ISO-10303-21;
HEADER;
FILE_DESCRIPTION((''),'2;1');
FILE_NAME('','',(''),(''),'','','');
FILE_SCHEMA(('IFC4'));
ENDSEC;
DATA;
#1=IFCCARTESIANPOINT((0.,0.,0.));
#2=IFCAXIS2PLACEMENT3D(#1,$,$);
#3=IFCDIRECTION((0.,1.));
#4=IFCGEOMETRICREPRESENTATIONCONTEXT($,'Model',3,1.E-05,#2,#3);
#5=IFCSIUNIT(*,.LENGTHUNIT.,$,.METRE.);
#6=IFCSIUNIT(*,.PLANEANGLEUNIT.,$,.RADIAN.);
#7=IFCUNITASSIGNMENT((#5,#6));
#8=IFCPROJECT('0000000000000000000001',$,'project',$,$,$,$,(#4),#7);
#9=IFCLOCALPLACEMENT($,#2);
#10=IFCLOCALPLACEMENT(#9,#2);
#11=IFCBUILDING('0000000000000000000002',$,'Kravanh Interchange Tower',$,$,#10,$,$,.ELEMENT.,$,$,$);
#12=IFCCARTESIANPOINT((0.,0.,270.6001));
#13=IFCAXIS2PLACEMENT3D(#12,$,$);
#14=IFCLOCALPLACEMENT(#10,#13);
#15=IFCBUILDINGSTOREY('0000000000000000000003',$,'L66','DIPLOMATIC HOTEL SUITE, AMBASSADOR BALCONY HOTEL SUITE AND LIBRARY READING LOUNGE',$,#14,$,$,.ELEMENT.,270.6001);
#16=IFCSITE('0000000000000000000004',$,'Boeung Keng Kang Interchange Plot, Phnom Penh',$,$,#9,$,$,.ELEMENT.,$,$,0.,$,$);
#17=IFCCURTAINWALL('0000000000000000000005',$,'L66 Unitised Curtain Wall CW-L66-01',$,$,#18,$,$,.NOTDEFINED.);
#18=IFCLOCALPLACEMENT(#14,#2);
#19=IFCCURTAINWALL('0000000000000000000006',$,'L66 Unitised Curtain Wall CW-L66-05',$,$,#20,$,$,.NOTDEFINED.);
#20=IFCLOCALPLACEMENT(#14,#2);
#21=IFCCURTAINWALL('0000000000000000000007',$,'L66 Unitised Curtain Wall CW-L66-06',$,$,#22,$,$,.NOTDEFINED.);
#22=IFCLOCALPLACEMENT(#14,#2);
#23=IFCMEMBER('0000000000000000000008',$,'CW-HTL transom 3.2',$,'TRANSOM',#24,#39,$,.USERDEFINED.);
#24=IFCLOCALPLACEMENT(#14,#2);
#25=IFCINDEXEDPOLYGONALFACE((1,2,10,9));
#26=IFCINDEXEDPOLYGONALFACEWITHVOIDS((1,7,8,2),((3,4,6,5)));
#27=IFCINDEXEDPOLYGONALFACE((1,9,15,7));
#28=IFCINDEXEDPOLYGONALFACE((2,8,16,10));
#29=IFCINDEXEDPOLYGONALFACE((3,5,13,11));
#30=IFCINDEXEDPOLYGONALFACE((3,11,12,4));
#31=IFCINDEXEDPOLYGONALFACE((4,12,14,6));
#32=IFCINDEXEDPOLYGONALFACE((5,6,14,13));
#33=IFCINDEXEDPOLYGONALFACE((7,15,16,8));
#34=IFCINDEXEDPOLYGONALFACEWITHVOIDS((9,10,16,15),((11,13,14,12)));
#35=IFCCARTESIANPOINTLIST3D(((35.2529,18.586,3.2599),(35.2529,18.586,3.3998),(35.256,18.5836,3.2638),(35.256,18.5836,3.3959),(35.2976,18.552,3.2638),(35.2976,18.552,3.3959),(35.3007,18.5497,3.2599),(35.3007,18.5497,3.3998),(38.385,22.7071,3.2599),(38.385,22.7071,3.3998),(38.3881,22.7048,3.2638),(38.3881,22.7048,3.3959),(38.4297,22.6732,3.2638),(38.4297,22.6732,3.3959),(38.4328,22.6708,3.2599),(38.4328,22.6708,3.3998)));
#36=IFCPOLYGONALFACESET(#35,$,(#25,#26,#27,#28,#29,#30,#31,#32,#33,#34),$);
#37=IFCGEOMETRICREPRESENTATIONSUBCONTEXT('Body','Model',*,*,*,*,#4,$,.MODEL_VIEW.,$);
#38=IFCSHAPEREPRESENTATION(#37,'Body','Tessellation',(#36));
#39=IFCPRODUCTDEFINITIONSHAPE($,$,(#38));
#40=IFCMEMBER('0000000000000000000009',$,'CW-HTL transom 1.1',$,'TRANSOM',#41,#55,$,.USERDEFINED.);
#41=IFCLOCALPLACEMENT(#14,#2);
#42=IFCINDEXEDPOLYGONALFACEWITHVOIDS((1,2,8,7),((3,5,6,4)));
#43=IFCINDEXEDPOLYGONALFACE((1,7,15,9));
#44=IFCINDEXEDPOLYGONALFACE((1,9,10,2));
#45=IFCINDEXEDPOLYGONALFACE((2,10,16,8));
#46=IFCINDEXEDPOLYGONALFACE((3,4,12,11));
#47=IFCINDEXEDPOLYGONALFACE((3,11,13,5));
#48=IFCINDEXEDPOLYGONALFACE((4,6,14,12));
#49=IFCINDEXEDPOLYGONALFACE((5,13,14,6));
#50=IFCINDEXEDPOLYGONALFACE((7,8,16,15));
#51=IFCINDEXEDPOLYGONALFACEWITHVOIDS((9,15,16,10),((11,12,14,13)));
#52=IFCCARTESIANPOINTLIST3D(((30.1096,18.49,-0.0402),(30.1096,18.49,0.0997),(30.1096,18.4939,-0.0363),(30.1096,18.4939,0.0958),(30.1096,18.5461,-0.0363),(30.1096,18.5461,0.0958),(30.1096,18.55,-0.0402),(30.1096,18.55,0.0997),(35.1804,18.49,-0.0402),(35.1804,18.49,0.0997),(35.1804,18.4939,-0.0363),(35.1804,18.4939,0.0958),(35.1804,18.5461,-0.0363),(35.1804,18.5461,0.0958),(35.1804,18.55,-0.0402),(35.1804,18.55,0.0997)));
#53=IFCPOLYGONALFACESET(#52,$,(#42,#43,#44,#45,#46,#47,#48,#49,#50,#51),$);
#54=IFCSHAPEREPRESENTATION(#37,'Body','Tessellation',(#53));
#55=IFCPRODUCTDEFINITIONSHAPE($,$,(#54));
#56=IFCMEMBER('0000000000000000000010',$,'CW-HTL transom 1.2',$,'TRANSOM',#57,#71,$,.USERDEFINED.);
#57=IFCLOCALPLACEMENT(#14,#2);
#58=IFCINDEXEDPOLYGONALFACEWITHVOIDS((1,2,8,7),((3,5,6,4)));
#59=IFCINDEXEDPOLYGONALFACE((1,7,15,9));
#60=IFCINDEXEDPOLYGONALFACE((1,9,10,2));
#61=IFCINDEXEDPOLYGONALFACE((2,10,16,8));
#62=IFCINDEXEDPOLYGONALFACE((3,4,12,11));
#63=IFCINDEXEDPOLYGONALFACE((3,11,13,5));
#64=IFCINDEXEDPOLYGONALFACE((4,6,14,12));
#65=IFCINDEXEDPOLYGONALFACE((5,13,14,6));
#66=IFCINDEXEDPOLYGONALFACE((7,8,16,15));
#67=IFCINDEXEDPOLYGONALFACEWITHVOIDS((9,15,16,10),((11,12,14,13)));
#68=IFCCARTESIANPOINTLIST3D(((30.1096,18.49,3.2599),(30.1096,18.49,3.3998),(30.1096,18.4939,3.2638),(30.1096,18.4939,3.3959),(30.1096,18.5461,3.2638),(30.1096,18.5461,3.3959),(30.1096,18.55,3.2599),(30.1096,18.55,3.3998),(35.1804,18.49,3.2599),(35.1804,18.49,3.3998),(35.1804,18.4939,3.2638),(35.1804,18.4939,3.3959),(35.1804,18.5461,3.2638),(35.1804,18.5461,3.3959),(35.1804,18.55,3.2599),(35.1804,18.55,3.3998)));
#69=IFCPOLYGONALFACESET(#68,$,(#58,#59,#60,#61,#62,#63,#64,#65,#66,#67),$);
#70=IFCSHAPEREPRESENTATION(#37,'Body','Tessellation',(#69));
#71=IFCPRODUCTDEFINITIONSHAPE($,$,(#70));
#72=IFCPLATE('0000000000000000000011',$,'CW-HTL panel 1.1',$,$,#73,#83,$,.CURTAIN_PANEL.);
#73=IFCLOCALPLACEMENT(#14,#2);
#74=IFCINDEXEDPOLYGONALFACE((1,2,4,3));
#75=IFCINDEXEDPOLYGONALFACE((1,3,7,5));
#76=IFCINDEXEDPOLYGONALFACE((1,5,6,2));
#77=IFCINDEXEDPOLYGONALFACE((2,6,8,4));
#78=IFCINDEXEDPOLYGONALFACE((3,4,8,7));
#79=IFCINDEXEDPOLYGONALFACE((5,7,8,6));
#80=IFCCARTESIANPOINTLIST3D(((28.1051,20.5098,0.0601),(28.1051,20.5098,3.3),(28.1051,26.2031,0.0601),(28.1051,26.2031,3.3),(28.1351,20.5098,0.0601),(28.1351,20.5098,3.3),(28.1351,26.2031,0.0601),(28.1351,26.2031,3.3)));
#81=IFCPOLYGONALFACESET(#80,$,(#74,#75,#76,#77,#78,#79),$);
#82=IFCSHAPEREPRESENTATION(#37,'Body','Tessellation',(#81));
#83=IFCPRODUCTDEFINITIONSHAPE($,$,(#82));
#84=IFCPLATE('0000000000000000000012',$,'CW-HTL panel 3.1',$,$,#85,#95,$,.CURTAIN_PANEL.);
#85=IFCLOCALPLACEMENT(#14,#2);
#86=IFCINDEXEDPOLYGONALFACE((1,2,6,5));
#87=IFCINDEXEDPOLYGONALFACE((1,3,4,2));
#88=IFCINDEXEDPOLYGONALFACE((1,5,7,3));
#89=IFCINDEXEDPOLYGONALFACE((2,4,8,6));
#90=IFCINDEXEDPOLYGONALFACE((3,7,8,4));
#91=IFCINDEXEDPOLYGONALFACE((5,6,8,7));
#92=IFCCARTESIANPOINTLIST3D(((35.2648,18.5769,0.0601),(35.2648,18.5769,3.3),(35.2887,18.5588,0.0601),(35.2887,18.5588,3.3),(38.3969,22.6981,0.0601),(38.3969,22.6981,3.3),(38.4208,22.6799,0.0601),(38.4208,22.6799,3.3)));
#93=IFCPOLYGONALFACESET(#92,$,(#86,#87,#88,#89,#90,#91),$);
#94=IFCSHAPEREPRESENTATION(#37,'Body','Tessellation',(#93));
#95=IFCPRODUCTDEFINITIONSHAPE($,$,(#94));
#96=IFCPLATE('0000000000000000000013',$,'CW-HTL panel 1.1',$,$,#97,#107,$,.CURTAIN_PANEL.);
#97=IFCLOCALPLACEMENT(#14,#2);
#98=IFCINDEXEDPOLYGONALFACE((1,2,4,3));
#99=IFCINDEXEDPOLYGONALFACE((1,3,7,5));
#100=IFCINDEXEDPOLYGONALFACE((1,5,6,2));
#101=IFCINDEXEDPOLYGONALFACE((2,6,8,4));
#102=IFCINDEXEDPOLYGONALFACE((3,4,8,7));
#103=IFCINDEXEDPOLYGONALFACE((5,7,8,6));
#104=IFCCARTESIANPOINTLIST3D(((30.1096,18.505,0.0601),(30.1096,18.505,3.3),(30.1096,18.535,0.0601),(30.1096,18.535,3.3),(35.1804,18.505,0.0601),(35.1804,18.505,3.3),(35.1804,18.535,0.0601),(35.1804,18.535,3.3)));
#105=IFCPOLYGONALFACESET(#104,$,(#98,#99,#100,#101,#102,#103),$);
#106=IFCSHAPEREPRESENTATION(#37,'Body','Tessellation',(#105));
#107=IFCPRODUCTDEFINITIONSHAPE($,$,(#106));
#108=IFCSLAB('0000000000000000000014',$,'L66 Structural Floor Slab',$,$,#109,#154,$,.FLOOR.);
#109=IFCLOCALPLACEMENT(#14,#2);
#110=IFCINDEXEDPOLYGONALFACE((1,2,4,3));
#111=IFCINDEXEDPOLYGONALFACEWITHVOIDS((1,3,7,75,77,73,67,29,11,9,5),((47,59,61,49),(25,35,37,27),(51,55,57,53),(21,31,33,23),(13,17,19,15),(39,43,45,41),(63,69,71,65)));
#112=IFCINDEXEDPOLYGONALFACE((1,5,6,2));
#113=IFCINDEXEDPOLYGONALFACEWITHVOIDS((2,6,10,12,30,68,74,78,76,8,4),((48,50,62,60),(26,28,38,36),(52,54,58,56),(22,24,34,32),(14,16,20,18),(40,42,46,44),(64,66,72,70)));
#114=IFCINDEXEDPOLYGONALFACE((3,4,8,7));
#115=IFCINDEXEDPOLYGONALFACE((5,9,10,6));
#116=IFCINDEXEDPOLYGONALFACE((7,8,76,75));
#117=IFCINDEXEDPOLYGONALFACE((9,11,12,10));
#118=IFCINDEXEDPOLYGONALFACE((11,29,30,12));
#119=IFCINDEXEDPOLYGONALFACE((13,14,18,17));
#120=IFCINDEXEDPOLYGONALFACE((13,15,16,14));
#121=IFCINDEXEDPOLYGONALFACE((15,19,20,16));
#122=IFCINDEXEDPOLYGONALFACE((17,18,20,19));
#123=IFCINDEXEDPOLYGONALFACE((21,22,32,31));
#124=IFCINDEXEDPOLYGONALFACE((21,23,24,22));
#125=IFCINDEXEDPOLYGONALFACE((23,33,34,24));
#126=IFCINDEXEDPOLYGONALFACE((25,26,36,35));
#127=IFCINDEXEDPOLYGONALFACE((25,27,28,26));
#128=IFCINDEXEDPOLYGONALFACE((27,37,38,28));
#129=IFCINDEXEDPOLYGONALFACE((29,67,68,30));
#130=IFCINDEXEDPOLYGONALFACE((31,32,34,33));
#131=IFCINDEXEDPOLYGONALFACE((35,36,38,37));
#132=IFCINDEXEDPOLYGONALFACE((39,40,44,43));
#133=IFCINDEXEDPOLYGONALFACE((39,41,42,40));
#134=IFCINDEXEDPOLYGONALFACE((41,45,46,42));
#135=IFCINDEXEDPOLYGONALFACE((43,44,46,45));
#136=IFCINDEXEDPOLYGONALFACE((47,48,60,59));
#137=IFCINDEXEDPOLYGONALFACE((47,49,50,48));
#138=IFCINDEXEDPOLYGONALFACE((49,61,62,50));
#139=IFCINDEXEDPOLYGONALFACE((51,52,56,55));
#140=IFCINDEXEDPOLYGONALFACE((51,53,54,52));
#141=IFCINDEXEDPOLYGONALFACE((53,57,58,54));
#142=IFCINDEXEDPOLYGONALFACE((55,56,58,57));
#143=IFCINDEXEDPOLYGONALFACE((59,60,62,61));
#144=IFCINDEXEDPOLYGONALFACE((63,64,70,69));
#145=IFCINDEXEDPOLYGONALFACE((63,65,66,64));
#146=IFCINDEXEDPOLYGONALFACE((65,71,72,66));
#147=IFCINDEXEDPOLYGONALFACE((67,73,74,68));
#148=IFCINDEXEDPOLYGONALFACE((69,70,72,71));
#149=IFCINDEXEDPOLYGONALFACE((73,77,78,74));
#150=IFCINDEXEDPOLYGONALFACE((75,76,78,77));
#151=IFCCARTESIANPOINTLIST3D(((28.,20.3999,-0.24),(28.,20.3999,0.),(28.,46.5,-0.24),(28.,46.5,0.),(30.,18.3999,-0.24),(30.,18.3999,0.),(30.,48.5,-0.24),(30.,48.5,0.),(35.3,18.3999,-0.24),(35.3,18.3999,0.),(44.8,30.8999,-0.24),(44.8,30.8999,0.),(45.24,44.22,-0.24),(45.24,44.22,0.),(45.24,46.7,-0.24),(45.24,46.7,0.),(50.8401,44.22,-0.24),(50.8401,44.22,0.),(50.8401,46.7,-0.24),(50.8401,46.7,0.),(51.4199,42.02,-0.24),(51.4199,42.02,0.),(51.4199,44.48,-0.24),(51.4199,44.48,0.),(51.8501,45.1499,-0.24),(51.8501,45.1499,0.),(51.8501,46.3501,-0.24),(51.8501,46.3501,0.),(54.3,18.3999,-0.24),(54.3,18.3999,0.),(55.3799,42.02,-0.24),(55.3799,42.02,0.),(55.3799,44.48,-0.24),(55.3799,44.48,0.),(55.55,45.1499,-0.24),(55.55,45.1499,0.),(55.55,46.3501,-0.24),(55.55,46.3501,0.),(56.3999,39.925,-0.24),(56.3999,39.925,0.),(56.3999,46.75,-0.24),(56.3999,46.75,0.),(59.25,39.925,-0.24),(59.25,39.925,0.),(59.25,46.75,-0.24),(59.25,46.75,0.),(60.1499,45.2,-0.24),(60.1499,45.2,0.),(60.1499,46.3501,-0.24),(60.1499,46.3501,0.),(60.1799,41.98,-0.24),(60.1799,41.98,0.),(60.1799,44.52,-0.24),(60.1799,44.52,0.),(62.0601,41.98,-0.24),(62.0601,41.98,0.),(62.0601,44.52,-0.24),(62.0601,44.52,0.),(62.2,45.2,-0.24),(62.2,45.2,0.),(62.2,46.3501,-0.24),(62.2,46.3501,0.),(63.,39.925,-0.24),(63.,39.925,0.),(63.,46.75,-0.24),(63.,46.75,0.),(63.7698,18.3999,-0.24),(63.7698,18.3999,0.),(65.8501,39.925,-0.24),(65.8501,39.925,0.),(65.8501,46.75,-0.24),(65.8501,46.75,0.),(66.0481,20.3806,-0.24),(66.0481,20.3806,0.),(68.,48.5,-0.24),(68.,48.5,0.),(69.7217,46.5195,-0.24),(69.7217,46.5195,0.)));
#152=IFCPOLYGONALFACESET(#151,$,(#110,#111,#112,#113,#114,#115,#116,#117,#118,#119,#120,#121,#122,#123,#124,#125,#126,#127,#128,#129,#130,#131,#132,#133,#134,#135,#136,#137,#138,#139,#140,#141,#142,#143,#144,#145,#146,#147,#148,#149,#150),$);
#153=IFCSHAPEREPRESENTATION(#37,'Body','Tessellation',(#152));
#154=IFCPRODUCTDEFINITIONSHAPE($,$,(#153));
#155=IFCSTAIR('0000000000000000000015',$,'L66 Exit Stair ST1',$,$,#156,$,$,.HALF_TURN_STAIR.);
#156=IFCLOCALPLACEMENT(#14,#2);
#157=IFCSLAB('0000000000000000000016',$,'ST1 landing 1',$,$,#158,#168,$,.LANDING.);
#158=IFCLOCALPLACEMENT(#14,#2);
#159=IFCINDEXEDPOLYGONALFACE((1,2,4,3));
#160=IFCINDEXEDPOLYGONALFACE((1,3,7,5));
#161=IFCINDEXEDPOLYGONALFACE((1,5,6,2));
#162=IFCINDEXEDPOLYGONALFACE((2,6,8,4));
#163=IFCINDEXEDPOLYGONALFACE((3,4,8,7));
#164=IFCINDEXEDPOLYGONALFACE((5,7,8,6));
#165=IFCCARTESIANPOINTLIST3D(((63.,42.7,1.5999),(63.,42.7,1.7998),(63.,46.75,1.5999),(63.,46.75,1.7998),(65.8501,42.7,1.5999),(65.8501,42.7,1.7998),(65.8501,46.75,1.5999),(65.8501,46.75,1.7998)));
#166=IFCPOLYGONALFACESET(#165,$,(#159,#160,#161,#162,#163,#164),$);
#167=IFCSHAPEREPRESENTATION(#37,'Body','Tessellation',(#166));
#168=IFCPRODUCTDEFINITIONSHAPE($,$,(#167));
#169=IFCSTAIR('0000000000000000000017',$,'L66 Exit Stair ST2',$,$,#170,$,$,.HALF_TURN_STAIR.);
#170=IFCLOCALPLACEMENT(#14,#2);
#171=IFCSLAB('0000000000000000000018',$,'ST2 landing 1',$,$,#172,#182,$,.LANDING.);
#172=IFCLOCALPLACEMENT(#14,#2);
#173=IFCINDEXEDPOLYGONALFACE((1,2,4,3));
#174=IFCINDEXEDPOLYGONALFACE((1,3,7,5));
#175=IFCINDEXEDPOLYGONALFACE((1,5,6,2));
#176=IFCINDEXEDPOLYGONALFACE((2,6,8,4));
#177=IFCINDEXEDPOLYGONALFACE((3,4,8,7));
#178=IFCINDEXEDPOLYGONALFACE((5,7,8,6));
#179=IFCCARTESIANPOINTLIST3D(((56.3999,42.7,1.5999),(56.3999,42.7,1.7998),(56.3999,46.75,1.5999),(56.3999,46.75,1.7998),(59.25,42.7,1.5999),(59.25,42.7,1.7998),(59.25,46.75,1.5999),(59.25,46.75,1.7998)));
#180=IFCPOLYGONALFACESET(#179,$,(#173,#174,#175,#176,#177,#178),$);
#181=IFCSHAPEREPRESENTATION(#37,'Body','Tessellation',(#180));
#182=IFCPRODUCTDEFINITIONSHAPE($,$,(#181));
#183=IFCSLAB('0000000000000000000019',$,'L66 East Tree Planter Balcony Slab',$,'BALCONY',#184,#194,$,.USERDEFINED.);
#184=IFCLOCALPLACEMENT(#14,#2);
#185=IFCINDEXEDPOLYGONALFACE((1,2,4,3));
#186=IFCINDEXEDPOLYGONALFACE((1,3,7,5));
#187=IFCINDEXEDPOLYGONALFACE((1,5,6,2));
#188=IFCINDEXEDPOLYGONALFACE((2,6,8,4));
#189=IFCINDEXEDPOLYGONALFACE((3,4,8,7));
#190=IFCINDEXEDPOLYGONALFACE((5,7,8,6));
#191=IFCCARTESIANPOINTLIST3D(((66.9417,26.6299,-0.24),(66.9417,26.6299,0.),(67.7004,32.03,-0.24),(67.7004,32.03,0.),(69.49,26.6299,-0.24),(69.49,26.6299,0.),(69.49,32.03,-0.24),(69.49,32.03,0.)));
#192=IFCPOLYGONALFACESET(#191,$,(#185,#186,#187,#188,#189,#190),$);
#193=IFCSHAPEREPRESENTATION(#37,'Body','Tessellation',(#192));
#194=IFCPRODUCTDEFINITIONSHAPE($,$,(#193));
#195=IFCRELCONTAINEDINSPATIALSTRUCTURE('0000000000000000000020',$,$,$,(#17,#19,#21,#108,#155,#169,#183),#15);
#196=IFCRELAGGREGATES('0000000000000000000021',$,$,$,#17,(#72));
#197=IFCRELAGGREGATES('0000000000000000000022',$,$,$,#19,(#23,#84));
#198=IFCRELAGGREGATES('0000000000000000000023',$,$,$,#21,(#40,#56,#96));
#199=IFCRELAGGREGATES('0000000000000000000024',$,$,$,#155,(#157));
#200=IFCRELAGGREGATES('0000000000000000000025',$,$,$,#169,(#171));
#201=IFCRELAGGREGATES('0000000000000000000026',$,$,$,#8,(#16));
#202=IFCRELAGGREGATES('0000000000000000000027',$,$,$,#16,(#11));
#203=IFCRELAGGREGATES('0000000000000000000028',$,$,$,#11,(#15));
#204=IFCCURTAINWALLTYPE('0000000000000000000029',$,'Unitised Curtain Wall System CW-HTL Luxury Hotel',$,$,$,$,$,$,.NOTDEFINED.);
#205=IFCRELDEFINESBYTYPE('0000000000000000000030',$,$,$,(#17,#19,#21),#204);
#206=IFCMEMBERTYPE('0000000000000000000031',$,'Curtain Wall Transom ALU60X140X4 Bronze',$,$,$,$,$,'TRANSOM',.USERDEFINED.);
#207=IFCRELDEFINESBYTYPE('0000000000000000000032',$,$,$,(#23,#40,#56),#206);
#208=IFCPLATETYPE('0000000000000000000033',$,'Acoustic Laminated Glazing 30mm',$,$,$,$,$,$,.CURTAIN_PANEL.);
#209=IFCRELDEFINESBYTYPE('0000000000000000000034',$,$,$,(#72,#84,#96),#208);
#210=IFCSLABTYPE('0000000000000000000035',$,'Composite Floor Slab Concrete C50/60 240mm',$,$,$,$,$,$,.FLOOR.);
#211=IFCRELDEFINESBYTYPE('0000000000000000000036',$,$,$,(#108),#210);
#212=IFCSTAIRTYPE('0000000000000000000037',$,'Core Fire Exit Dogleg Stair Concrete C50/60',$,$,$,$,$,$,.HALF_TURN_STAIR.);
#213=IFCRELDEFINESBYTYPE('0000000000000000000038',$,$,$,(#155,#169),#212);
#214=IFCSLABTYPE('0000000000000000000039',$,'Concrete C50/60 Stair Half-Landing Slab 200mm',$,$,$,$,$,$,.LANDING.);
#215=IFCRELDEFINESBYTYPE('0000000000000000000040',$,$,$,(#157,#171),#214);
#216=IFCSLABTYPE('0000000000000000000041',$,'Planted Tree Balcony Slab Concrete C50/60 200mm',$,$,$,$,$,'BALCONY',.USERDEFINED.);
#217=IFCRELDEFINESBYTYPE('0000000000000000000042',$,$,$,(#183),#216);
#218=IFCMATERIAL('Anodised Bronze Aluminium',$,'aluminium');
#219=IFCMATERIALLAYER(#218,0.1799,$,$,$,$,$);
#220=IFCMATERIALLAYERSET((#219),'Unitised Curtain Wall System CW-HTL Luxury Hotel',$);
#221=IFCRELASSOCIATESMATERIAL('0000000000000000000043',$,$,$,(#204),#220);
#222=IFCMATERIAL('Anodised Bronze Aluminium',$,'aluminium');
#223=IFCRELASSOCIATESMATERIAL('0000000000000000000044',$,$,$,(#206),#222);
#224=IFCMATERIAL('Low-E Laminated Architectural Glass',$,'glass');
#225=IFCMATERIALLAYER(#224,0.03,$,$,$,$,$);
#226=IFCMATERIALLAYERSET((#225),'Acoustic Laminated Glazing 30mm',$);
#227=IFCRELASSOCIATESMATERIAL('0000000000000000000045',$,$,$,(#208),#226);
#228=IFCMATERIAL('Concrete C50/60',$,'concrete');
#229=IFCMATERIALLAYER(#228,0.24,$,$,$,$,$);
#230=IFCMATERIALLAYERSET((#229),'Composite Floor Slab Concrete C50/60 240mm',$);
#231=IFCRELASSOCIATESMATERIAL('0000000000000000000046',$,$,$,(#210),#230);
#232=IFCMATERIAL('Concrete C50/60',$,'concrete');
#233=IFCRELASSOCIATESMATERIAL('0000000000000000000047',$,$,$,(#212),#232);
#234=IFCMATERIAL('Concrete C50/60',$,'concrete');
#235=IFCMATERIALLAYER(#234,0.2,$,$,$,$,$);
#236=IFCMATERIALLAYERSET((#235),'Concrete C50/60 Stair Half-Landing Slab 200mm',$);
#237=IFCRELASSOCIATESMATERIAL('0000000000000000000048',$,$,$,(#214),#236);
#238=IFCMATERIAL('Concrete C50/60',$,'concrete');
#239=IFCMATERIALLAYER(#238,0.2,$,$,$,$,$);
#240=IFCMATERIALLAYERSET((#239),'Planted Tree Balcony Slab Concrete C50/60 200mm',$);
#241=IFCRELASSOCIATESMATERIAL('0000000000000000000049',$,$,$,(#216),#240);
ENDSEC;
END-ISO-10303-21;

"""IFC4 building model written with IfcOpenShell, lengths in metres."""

from ifc_helpers import new_model, si_unit, direction, frame, origin, origin_2d, place, context, subcontext, project, spatial, polyline, rectangle, hollow_rectangle, outline, extrude, material, layer, layer_set, material_profile, profile_set, type_object, element, aggregate, save


model = new_model("IFC4")

# Units and contexts
model_context = context("Model", 3, precision=1e-05, world=origin(), true_north=direction((0.0, 1.0)))
body_context = subcontext(model_context, "Body", "Model", "MODEL_VIEW")
ifc_project = project(units=[si_unit("LENGTHUNIT", "METRE"), si_unit("PLANEANGLEUNIT", "RADIAN")], contexts=[model_context])

# Site, building, storey
site_placement = place(None, origin())
site = spatial("IfcSite", under=ifc_project, at=site_placement, Name="Boeung Keng Kang Interchange Plot, Phnom Penh", CompositionType="ELEMENT", RefElevation=0.0)
building_placement = place(site_placement, origin())
building = spatial("IfcBuilding", under=site, at=building_placement, Name="Kravanh Interchange Tower", CompositionType="ELEMENT")
storey_placement = place(building_placement, frame((0.0, 0.0, 270.6001)))
storey = spatial("IfcBuildingStorey", under=building, at=storey_placement, Name="L66", Description="DIPLOMATIC HOTEL SUITE, AMBASSADOR BALCONY HOTEL SUITE AND LIBRARY READING LOUNGE", CompositionType="ELEMENT", Elevation=270.6001)

# Curtain walls
ifc_material_1 = material(Name="Anodised Bronze Aluminium", Category="aluminium")
ifc_layer_1 = layer(ifc_material_1, 0.1799)
ifc_layer_set_1 = layer_set([ifc_layer_1], Name="Unitised Curtain Wall System CW-HTL Luxury Hotel")
curtain_wall_type = type_object("IfcCurtainWallType", Name="Unitised Curtain Wall System CW-HTL Luxury Hotel", PredefinedType="NOTDEFINED", material=ifc_layer_set_1)
curtain_wall_1_placement = place(storey_placement, origin())
curtain_wall_1 = element("IfcCurtainWall", 1, at=curtain_wall_1_placement, inside=storey, type_object=curtain_wall_type, Name="L66 Unitised Curtain Wall CW-L66-01", PredefinedType="NOTDEFINED")
curtain_wall_2_placement = place(storey_placement, origin())
curtain_wall_2 = element("IfcCurtainWall", 2, at=curtain_wall_2_placement, inside=storey, type_object=curtain_wall_type, Name="L66 Unitised Curtain Wall CW-L66-05", PredefinedType="NOTDEFINED")
curtain_wall_3_placement = place(storey_placement, origin())
curtain_wall_3 = element("IfcCurtainWall", 3, at=curtain_wall_3_placement, inside=storey, type_object=curtain_wall_type, Name="L66 Unitised Curtain Wall CW-L66-06", PredefinedType="NOTDEFINED")

# Members
ifc_material_2 = material(Name="Anodised Bronze Aluminium", Category="aluminium")
ifc_material_profile_1 = material_profile(ifc_material_2, hollow_rectangle(XDim=0.0601, YDim=0.1399, WallThickness=0.0039, at=origin_2d()), Name="ALU60X140X4")
ifc_profile_set_1 = profile_set([ifc_material_profile_1], Name="Anodised Bronze Aluminium")
member_type_1 = type_object("IfcMemberType", Name="Curtain Wall Transom ALU60X140X4 Bronze", ElementType="TRANSOM", PredefinedType="USERDEFINED", material=ifc_profile_set_1)
member_1_placement = place(storey_placement, frame((38.4089, 22.689, 3.3298), z_axis=(-0.605089, -0.796158, 0.0), x_axis=(0.796158, -0.605089, 0.0)))
member_1 = element("IfcMember", 4, at=member_1_placement, type_object=member_type_1, Name="CW-HTL transom 3.2", ObjectType="TRANSOM", PredefinedType="USERDEFINED", context=body_context, shape_type="SweptSolid", body=[
    extrude(hollow_rectangle(XDim=0.0601, YDim=0.1399, WallThickness=0.0039, at=origin_2d()), origin(), (0.0, 0.0, 1.0), 5.1763),
])
member_2_placement = place(storey_placement, frame((35.1804, 18.52, 0.0298), z_axis=(-1.0, 0.0, 0.0), x_axis=(0.0, -1.0, 0.0)))
member_2 = element("IfcMember", 5, at=member_2_placement, type_object=member_type_1, Name="CW-HTL transom 1.1", ObjectType="TRANSOM", PredefinedType="USERDEFINED", context=body_context, shape_type="SweptSolid", body=[
    extrude(hollow_rectangle(XDim=0.0601, YDim=0.1399, WallThickness=0.0039, at=origin_2d()), origin(), (0.0, 0.0, 1.0), 5.0708),
])
member_3_placement = place(storey_placement, frame((35.1804, 18.52, 3.3298), z_axis=(-1.0, 0.0, 0.0), x_axis=(0.0, -1.0, 0.0)))
member_3 = element("IfcMember", 6, at=member_3_placement, type_object=member_type_1, Name="CW-HTL transom 1.2", ObjectType="TRANSOM", PredefinedType="USERDEFINED", context=body_context, shape_type="SweptSolid", body=[
    extrude(hollow_rectangle(XDim=0.0601, YDim=0.1399, WallThickness=0.0039, at=origin_2d()), origin(), (0.0, 0.0, 1.0), 5.0708),
])

# Plates
ifc_material_3 = material(Name="Low-E Laminated Architectural Glass", Category="glass")
ifc_layer_2 = layer(ifc_material_3, 0.03)
ifc_layer_set_2 = layer_set([ifc_layer_2], Name="Acoustic Laminated Glazing 30mm")
plate_type = type_object("IfcPlateType", Name="Acoustic Laminated Glazing 30mm", PredefinedType="CURTAIN_PANEL", material=ifc_layer_set_2)
plate_1_placement = place(storey_placement, frame((28.1201, 23.3564, 0.0601), z_axis=(0.0, 0.0, 1.0), x_axis=(0.0, 1.0, 0.0)))
plate_1 = element("IfcPlate", 7, at=plate_1_placement, type_object=plate_type, Name="CW-HTL panel 1.1", PredefinedType="CURTAIN_PANEL", context=body_context, shape_type="SweptSolid", body=[
    extrude(rectangle(XDim=5.6934, YDim=0.03, at=origin_2d()), origin(), (0.0, 0.0, 1.0), 3.24),
])
aggregate(curtain_wall_1, [plate_1])
plate_2_placement = place(storey_placement, frame((36.8428, 20.6284, 0.0601), z_axis=(0.0, 0.0, 1.0), x_axis=(-0.605083, -0.796162, 0.0)))
plate_2 = element("IfcPlate", 8, at=plate_2_placement, type_object=plate_type, Name="CW-HTL panel 3.1", PredefinedType="CURTAIN_PANEL", context=body_context, shape_type="SweptSolid", body=[
    extrude(rectangle(XDim=5.1763, YDim=0.03, at=origin_2d()), origin(), (0.0, 0.0, 1.0), 3.24),
])
aggregate(curtain_wall_2, [member_1, plate_2])
plate_3_placement = place(storey_placement, frame((32.645, 18.52, 0.0601), z_axis=(0.0, 0.0, 1.0), x_axis=(-1.0, 0.0, 0.0)))
plate_3 = element("IfcPlate", 9, at=plate_3_placement, type_object=plate_type, Name="CW-HTL panel 1.1", PredefinedType="CURTAIN_PANEL", context=body_context, shape_type="SweptSolid", body=[
    extrude(rectangle(XDim=5.0708, YDim=0.03, at=origin_2d()), origin(), (0.0, 0.0, 1.0), 3.24),
])
aggregate(curtain_wall_3, [member_2, member_3, plate_3])

# Slab
ifc_material_4 = material(Name="Concrete C50/60", Category="concrete")
ifc_layer_3 = layer(ifc_material_4, 0.24)
ifc_layer_set_3 = layer_set([ifc_layer_3], Name="Composite Floor Slab Concrete C50/60 240mm")
slab_type_1 = type_object("IfcSlabType", Name="Composite Floor Slab Concrete C50/60 240mm", PredefinedType="FLOOR", material=ifc_layer_set_3)
slab_1_placement = place(storey_placement, frame((0.0, 0.0, -0.24)))
element("IfcSlab", 10, at=slab_1_placement, inside=storey, type_object=slab_type_1, Name="L66 Structural Floor Slab", PredefinedType="FLOOR", context=body_context, shape_type="SweptSolid", body=[
    extrude(outline(polyline([(28.0, 20.3999), (30.0, 18.3999), (35.3, 18.3999), (44.8, 30.8999), (54.3, 18.3999), (63.7698, 18.3999), (66.0481, 20.3806), (69.7217, 46.5195), (68.0, 48.5), (30.0, 48.5), (28.0, 46.5), (28.0, 20.3999)]), holes=[polyline([(65.8501, 39.925), (65.8501, 46.75), (63.0, 46.75), (63.0, 39.925), (65.8501, 39.925)]), polyline([(59.25, 39.925), (59.25, 46.75), (56.3999, 46.75), (56.3999, 39.925), (59.25, 39.925)]), polyline([(45.24, 44.22), (50.8401, 44.22), (50.8401, 46.7), (45.24, 46.7), (45.24, 44.22)]), polyline([(51.4199, 42.02), (55.3799, 42.02), (55.3799, 44.48), (51.4199, 44.48), (51.4199, 42.02)]), polyline([(60.1799, 41.98), (62.0601, 41.98), (62.0601, 44.52), (60.1799, 44.52), (60.1799, 41.98)]), polyline([(60.1499, 45.2), (62.2, 45.2), (62.2, 46.3501), (60.1499, 46.3501), (60.1499, 45.2)]), polyline([(51.8501, 45.1499), (55.55, 45.1499), (55.55, 46.3501), (51.8501, 46.3501), (51.8501, 45.1499)])]), origin(), (0.0, 0.0, 1.0), 0.24),
])

# Stairs, slabs
ifc_material_5 = material(Name="Concrete C50/60", Category="concrete")
stair_type = type_object("IfcStairType", Name="Core Fire Exit Dogleg Stair Concrete C50/60", PredefinedType="HALF_TURN_STAIR", material=ifc_material_5)
stair_1_placement = place(storey_placement, origin())
stair_1 = element("IfcStair", 11, at=stair_1_placement, inside=storey, type_object=stair_type, Name="L66 Exit Stair ST1", PredefinedType="HALF_TURN_STAIR")
ifc_material_6 = material(Name="Concrete C50/60", Category="concrete")
ifc_layer_4 = layer(ifc_material_6, 0.2)
ifc_layer_set_4 = layer_set([ifc_layer_4], Name="Concrete C50/60 Stair Half-Landing Slab 200mm")
slab_type_2 = type_object("IfcSlabType", Name="Concrete C50/60 Stair Half-Landing Slab 200mm", PredefinedType="LANDING", material=ifc_layer_set_4)
slab_2_placement = place(storey_placement, frame((0.0, 0.0, 1.5999)))
slab_2 = element("IfcSlab", 12, at=slab_2_placement, type_object=slab_type_2, Name="ST1 landing 1", PredefinedType="LANDING", context=body_context, shape_type="SweptSolid", body=[
    extrude(outline(polyline([(65.8501, 42.7), (65.8501, 46.75), (63.0, 46.75), (63.0, 42.7), (65.8501, 42.7)])), origin(), (0.0, 0.0, 1.0), 0.2),
])
aggregate(stair_1, [slab_2])
stair_2_placement = place(storey_placement, origin())
stair_2 = element("IfcStair", 13, at=stair_2_placement, inside=storey, type_object=stair_type, Name="L66 Exit Stair ST2", PredefinedType="HALF_TURN_STAIR")
slab_3_placement = place(storey_placement, frame((0.0, 0.0, 1.5999)))
slab_3 = element("IfcSlab", 14, at=slab_3_placement, type_object=slab_type_2, Name="ST2 landing 1", PredefinedType="LANDING", context=body_context, shape_type="SweptSolid", body=[
    extrude(outline(polyline([(59.25, 42.7), (59.25, 46.75), (56.3999, 46.75), (56.3999, 42.7), (59.25, 42.7)])), origin(), (0.0, 0.0, 1.0), 0.2),
])
aggregate(stair_2, [slab_3])

# Slab
ifc_material_7 = material(Name="Concrete C50/60", Category="concrete")
ifc_layer_5 = layer(ifc_material_7, 0.2)
ifc_layer_set_5 = layer_set([ifc_layer_5], Name="Planted Tree Balcony Slab Concrete C50/60 200mm")
slab_type_3 = type_object("IfcSlabType", Name="Planted Tree Balcony Slab Concrete C50/60 200mm", ElementType="BALCONY", PredefinedType="USERDEFINED", material=ifc_layer_set_5)
slab_4_placement = place(storey_placement, frame((0.0, 0.0, -0.24)))
element("IfcSlab", 15, at=slab_4_placement, inside=storey, type_object=slab_type_3, Name="L66 East Tree Planter Balcony Slab", ObjectType="BALCONY", PredefinedType="USERDEFINED", context=body_context, shape_type="SweptSolid", body=[
    extrude(outline(polyline([(69.49, 32.03), (69.49, 26.6299), (66.9417, 26.6299), (67.7004, 32.03), (69.49, 32.03)])), origin(), (0.0, 0.0, 1.0), 0.24),
])

save(model, "model.ifc")
